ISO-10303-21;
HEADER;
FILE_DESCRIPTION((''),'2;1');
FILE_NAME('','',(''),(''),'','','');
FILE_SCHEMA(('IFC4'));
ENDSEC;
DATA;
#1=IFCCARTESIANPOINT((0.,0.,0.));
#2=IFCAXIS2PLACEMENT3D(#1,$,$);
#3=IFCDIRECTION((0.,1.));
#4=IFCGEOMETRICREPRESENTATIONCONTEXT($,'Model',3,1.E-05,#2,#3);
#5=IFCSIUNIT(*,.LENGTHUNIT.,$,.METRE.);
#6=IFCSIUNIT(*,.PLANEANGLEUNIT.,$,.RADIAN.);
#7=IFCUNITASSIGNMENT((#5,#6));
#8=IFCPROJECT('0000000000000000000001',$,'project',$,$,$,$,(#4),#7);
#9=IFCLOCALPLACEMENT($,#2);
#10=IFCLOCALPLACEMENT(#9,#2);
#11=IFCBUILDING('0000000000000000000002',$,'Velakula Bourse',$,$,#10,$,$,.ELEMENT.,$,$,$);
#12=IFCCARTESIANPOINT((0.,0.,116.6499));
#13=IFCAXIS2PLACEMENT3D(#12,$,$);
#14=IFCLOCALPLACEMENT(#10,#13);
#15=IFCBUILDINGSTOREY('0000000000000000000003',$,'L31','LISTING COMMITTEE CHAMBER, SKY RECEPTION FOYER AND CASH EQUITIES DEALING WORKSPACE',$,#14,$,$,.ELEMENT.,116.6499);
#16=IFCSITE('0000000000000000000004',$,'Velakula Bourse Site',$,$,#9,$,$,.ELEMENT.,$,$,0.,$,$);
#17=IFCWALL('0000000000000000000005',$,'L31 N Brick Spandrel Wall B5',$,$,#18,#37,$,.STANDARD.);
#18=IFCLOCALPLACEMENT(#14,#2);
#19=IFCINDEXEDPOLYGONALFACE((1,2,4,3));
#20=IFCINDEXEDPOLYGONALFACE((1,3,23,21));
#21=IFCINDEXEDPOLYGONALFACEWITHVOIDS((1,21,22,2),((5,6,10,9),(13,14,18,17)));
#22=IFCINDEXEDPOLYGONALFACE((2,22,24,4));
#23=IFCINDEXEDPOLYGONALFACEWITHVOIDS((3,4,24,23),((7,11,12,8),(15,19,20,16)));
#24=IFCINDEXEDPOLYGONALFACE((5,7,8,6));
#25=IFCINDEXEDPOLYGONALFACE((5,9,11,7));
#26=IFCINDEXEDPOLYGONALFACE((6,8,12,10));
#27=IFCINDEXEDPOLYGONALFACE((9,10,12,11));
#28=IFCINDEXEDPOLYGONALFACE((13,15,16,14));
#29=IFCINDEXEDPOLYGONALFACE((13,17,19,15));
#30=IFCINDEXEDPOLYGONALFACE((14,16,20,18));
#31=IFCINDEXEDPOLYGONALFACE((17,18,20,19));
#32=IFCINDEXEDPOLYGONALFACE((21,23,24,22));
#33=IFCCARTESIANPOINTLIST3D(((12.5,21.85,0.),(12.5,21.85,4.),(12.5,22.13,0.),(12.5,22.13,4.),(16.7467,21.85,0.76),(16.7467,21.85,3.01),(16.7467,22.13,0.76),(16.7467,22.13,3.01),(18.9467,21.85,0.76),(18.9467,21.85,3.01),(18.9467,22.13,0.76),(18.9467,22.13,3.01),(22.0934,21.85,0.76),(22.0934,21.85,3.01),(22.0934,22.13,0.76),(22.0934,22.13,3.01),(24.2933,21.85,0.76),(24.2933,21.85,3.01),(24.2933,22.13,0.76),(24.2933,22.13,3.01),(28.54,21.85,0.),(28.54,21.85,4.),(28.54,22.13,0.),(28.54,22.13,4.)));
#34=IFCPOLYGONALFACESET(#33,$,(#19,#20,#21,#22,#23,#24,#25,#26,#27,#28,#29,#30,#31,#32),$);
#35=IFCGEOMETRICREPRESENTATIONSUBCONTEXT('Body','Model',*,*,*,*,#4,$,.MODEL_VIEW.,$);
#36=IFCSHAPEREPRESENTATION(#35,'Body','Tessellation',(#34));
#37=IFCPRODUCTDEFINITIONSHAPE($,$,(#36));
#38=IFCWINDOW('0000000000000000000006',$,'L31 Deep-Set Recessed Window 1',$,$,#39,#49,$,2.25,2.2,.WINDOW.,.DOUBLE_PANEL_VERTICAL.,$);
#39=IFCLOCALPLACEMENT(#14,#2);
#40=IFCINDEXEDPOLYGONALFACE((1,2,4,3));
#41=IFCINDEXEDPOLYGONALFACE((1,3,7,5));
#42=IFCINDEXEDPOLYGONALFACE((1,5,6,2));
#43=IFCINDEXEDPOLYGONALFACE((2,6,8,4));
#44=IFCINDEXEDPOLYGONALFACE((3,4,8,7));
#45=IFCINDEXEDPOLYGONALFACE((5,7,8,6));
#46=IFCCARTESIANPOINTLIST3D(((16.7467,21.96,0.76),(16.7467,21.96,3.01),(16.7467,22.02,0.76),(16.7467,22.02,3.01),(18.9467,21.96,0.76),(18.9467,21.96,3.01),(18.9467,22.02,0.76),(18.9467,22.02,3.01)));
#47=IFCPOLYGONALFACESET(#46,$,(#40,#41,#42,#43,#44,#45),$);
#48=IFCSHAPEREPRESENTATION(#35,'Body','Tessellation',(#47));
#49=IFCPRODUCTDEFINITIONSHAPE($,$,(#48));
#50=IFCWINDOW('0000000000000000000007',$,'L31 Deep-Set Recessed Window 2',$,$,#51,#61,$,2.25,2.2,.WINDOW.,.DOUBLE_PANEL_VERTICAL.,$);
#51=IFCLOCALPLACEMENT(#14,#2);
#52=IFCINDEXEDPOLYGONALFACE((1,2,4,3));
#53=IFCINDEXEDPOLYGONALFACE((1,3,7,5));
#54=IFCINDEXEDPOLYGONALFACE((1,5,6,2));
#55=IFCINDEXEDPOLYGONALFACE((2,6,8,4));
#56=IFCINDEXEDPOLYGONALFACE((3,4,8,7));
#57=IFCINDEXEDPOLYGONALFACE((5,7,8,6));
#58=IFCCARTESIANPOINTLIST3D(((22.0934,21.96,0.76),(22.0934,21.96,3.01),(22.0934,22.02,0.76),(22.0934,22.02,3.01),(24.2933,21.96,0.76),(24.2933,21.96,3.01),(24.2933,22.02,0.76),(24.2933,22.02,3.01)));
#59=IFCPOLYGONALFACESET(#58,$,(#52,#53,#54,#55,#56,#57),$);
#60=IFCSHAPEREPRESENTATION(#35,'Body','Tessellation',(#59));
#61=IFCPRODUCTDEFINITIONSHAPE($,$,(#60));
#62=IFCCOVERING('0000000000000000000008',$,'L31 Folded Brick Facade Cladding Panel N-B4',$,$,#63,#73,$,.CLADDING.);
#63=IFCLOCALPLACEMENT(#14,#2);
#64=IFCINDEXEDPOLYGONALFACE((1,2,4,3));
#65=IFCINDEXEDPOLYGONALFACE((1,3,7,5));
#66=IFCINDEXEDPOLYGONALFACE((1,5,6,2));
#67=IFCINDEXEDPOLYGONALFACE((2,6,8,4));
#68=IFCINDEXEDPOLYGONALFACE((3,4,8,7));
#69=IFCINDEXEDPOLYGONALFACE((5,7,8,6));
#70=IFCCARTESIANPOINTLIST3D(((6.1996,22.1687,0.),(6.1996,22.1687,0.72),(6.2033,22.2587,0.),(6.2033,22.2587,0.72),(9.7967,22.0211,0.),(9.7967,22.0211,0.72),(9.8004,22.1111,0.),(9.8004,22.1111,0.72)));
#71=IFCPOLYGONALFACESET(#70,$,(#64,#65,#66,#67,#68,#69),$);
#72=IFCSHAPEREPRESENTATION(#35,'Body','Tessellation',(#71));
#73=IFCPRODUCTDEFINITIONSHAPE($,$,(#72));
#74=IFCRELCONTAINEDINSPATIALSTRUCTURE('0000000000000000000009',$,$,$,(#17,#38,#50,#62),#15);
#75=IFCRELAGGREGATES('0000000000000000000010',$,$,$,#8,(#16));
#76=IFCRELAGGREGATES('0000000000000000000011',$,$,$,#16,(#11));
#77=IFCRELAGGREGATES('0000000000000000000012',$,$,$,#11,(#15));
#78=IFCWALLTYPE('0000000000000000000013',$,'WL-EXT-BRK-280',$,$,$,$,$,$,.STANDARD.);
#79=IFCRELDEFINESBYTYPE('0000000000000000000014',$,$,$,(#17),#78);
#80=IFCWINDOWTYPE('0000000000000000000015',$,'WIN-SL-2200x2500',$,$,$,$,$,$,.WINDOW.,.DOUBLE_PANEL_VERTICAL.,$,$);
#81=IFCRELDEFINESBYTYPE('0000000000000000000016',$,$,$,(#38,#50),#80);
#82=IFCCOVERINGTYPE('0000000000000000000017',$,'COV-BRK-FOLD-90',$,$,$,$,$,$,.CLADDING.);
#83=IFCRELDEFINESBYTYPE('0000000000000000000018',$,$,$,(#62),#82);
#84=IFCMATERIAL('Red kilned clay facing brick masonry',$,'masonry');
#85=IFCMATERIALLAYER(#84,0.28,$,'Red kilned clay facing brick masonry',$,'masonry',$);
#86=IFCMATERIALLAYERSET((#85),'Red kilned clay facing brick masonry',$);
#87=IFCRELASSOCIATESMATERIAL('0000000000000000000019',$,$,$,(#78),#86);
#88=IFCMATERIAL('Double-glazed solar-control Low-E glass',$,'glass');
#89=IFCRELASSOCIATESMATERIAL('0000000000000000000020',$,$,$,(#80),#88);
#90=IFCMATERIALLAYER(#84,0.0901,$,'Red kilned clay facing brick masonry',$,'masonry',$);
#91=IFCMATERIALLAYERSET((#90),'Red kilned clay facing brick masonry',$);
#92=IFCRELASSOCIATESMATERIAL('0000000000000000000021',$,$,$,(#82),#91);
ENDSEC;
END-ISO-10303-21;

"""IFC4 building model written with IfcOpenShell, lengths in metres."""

from ifc_helpers import new_model, si_unit, direction, frame, frame_2d, origin, origin_2d, place, context, subcontext, project, spatial, rectangle, extrude, material, layer, layer_set, type_object, element, fill, save


model = new_model("IFC4")

# Units and contexts
model_context = context("Model", 3, precision=1e-05, world=origin(), true_north=direction((0.0, 1.0)))
body_context = subcontext(model_context, "Body", "Model", "MODEL_VIEW")
ifc_project = project(units=[si_unit("LENGTHUNIT", "METRE"), si_unit("PLANEANGLEUNIT", "RADIAN")], contexts=[model_context])

# Site, building, storey
site_placement = place(None, origin())
site = spatial("IfcSite", under=ifc_project, at=site_placement, Name="Velakula Bourse Site", CompositionType="ELEMENT", RefElevation=0.0)
building_placement = place(site_placement, origin())
building = spatial("IfcBuilding", under=site, at=building_placement, Name="Velakula Bourse", CompositionType="ELEMENT")
storey_placement = place(building_placement, frame((0.0, 0.0, 116.6499)))
storey = spatial("IfcBuildingStorey", under=building, at=storey_placement, Name="L31", Description="LISTING COMMITTEE CHAMBER, SKY RECEPTION FOYER AND CASH EQUITIES DEALING WORKSPACE", CompositionType="ELEMENT", Elevation=116.6499)

# Shared definitions
ifc_material_1 = material(Name="Double-glazed solar-control Low-E glass", Category="glass")

# Wall, openings, windows
ifc_material_2 = material(Name="Red kilned clay facing brick masonry", Category="masonry")
ifc_layer_1 = layer(ifc_material_2, 0.28, Name="Red kilned clay facing brick masonry", Category="masonry")
ifc_layer_set_1 = layer_set([ifc_layer_1], Name="Red kilned clay facing brick masonry")
wall_type = type_object("IfcWallType", Name="WL-EXT-BRK-280", PredefinedType="STANDARD", material=ifc_layer_set_1)
window_type = type_object("IfcWindowType", Name="WIN-SL-2200x2500", PartitioningType="DOUBLE_PANEL_VERTICAL", PredefinedType="WINDOW", material=ifc_material_1)
wall_1_placement = place(storey_placement, frame((12.5, 21.99, 0.0), z_axis=(0.0, 0.0, 1.0), x_axis=(1.0, 0.0, 0.0)))
wall_1 = element("IfcWall", 1, at=wall_1_placement, inside=storey, type_object=wall_type, Name="L31 N Brick Spandrel Wall B5", PredefinedType="STANDARD", context=body_context, shape_type="SweptSolid", body=[
    extrude(rectangle(XDim=16.04, YDim=0.28, at=frame_2d((8.02, 0.0))), origin(), (0.0, 0.0, 1.0), 4.0),
])
opening_1_placement = place(wall_1_placement, frame((4.2466, 0.0, 0.76)))
opening_1 = element("IfcOpeningElement", 2, at=opening_1_placement, cuts=wall_1, PredefinedType="OPENING", context=body_context, shape_type="SweptSolid", body=[
    extrude(rectangle(XDim=2.2, YDim=2.25, at=frame_2d((1.1001, 1.125))), frame((0.0, 0.1499, 0.0), z_axis=(0.0, -1.0, 0.0), x_axis=(1.0, 0.0, 0.0)), (0.0, 0.0, 1.0), 0.3),
])
opening_2_placement = place(wall_1_placement, frame((9.5933, 0.0, 0.76)))
opening_2 = element("IfcOpeningElement", 3, at=opening_2_placement, cuts=wall_1, PredefinedType="OPENING", context=body_context, shape_type="SweptSolid", body=[
    extrude(rectangle(XDim=2.2, YDim=2.25, at=frame_2d((1.1001, 1.125))), frame((0.0, 0.1499, 0.0), z_axis=(0.0, -1.0, 0.0), x_axis=(1.0, 0.0, 0.0)), (0.0, 0.0, 1.0), 0.3),
])
window_1_placement = place(opening_1_placement, origin())
window_1 = element("IfcWindow", 4, at=window_1_placement, inside=storey, type_object=window_type, Name="L31 Deep-Set Recessed Window 1", OverallHeight=2.25, OverallWidth=2.2, PartitioningType="DOUBLE_PANEL_VERTICAL", PredefinedType="WINDOW", context=body_context, shape_type="SweptSolid", body=[
    extrude(rectangle(XDim=2.2, YDim=2.25, at=frame_2d((1.1001, 1.125))), frame((0.0, 0.03, 0.0), z_axis=(0.0, -1.0, 0.0), x_axis=(1.0, 0.0, 0.0)), (0.0, 0.0, 1.0), 0.0601),
])
fill(opening_1, window_1)
window_2_placement = place(opening_2_placement, origin())
window_2 = element("IfcWindow", 5, at=window_2_placement, inside=storey, type_object=window_type, Name="L31 Deep-Set Recessed Window 2", OverallHeight=2.25, OverallWidth=2.2, PartitioningType="DOUBLE_PANEL_VERTICAL", PredefinedType="WINDOW", context=body_context, shape_type="SweptSolid", body=[
    extrude(rectangle(XDim=2.2, YDim=2.25, at=frame_2d((1.1001, 1.125))), frame((0.0, 0.03, 0.0), z_axis=(0.0, -1.0, 0.0), x_axis=(1.0, 0.0, 0.0)), (0.0, 0.0, 1.0), 0.0601),
])
fill(opening_2, window_2)

# Covering
ifc_layer_2 = layer(ifc_material_2, 0.0901, Name="Red kilned clay facing brick masonry", Category="masonry")
ifc_layer_set_2 = layer_set([ifc_layer_2], Name="Red kilned clay facing brick masonry")
covering_type = type_object("IfcCoveringType", Name="COV-BRK-FOLD-90", PredefinedType="CLADDING", material=ifc_layer_set_2)
covering_placement = place(storey_placement, frame((8.0, 22.1399, 0.0), z_axis=(0.0, 0.0, 1.0), x_axis=(0.999159, -0.041004, 0.0)))
element("IfcCovering", 6, at=covering_placement, inside=storey, type_object=covering_type, Name="L31 Folded Brick Facade Cladding Panel N-B4", PredefinedType="CLADDING", context=body_context, shape_type="SweptSolid", body=[
    extrude(rectangle(XDim=3.6001, YDim=0.0901, at=origin_2d()), origin(), (0.0, 0.0, 1.0), 0.72),
])

save(model, "model.ifc")
